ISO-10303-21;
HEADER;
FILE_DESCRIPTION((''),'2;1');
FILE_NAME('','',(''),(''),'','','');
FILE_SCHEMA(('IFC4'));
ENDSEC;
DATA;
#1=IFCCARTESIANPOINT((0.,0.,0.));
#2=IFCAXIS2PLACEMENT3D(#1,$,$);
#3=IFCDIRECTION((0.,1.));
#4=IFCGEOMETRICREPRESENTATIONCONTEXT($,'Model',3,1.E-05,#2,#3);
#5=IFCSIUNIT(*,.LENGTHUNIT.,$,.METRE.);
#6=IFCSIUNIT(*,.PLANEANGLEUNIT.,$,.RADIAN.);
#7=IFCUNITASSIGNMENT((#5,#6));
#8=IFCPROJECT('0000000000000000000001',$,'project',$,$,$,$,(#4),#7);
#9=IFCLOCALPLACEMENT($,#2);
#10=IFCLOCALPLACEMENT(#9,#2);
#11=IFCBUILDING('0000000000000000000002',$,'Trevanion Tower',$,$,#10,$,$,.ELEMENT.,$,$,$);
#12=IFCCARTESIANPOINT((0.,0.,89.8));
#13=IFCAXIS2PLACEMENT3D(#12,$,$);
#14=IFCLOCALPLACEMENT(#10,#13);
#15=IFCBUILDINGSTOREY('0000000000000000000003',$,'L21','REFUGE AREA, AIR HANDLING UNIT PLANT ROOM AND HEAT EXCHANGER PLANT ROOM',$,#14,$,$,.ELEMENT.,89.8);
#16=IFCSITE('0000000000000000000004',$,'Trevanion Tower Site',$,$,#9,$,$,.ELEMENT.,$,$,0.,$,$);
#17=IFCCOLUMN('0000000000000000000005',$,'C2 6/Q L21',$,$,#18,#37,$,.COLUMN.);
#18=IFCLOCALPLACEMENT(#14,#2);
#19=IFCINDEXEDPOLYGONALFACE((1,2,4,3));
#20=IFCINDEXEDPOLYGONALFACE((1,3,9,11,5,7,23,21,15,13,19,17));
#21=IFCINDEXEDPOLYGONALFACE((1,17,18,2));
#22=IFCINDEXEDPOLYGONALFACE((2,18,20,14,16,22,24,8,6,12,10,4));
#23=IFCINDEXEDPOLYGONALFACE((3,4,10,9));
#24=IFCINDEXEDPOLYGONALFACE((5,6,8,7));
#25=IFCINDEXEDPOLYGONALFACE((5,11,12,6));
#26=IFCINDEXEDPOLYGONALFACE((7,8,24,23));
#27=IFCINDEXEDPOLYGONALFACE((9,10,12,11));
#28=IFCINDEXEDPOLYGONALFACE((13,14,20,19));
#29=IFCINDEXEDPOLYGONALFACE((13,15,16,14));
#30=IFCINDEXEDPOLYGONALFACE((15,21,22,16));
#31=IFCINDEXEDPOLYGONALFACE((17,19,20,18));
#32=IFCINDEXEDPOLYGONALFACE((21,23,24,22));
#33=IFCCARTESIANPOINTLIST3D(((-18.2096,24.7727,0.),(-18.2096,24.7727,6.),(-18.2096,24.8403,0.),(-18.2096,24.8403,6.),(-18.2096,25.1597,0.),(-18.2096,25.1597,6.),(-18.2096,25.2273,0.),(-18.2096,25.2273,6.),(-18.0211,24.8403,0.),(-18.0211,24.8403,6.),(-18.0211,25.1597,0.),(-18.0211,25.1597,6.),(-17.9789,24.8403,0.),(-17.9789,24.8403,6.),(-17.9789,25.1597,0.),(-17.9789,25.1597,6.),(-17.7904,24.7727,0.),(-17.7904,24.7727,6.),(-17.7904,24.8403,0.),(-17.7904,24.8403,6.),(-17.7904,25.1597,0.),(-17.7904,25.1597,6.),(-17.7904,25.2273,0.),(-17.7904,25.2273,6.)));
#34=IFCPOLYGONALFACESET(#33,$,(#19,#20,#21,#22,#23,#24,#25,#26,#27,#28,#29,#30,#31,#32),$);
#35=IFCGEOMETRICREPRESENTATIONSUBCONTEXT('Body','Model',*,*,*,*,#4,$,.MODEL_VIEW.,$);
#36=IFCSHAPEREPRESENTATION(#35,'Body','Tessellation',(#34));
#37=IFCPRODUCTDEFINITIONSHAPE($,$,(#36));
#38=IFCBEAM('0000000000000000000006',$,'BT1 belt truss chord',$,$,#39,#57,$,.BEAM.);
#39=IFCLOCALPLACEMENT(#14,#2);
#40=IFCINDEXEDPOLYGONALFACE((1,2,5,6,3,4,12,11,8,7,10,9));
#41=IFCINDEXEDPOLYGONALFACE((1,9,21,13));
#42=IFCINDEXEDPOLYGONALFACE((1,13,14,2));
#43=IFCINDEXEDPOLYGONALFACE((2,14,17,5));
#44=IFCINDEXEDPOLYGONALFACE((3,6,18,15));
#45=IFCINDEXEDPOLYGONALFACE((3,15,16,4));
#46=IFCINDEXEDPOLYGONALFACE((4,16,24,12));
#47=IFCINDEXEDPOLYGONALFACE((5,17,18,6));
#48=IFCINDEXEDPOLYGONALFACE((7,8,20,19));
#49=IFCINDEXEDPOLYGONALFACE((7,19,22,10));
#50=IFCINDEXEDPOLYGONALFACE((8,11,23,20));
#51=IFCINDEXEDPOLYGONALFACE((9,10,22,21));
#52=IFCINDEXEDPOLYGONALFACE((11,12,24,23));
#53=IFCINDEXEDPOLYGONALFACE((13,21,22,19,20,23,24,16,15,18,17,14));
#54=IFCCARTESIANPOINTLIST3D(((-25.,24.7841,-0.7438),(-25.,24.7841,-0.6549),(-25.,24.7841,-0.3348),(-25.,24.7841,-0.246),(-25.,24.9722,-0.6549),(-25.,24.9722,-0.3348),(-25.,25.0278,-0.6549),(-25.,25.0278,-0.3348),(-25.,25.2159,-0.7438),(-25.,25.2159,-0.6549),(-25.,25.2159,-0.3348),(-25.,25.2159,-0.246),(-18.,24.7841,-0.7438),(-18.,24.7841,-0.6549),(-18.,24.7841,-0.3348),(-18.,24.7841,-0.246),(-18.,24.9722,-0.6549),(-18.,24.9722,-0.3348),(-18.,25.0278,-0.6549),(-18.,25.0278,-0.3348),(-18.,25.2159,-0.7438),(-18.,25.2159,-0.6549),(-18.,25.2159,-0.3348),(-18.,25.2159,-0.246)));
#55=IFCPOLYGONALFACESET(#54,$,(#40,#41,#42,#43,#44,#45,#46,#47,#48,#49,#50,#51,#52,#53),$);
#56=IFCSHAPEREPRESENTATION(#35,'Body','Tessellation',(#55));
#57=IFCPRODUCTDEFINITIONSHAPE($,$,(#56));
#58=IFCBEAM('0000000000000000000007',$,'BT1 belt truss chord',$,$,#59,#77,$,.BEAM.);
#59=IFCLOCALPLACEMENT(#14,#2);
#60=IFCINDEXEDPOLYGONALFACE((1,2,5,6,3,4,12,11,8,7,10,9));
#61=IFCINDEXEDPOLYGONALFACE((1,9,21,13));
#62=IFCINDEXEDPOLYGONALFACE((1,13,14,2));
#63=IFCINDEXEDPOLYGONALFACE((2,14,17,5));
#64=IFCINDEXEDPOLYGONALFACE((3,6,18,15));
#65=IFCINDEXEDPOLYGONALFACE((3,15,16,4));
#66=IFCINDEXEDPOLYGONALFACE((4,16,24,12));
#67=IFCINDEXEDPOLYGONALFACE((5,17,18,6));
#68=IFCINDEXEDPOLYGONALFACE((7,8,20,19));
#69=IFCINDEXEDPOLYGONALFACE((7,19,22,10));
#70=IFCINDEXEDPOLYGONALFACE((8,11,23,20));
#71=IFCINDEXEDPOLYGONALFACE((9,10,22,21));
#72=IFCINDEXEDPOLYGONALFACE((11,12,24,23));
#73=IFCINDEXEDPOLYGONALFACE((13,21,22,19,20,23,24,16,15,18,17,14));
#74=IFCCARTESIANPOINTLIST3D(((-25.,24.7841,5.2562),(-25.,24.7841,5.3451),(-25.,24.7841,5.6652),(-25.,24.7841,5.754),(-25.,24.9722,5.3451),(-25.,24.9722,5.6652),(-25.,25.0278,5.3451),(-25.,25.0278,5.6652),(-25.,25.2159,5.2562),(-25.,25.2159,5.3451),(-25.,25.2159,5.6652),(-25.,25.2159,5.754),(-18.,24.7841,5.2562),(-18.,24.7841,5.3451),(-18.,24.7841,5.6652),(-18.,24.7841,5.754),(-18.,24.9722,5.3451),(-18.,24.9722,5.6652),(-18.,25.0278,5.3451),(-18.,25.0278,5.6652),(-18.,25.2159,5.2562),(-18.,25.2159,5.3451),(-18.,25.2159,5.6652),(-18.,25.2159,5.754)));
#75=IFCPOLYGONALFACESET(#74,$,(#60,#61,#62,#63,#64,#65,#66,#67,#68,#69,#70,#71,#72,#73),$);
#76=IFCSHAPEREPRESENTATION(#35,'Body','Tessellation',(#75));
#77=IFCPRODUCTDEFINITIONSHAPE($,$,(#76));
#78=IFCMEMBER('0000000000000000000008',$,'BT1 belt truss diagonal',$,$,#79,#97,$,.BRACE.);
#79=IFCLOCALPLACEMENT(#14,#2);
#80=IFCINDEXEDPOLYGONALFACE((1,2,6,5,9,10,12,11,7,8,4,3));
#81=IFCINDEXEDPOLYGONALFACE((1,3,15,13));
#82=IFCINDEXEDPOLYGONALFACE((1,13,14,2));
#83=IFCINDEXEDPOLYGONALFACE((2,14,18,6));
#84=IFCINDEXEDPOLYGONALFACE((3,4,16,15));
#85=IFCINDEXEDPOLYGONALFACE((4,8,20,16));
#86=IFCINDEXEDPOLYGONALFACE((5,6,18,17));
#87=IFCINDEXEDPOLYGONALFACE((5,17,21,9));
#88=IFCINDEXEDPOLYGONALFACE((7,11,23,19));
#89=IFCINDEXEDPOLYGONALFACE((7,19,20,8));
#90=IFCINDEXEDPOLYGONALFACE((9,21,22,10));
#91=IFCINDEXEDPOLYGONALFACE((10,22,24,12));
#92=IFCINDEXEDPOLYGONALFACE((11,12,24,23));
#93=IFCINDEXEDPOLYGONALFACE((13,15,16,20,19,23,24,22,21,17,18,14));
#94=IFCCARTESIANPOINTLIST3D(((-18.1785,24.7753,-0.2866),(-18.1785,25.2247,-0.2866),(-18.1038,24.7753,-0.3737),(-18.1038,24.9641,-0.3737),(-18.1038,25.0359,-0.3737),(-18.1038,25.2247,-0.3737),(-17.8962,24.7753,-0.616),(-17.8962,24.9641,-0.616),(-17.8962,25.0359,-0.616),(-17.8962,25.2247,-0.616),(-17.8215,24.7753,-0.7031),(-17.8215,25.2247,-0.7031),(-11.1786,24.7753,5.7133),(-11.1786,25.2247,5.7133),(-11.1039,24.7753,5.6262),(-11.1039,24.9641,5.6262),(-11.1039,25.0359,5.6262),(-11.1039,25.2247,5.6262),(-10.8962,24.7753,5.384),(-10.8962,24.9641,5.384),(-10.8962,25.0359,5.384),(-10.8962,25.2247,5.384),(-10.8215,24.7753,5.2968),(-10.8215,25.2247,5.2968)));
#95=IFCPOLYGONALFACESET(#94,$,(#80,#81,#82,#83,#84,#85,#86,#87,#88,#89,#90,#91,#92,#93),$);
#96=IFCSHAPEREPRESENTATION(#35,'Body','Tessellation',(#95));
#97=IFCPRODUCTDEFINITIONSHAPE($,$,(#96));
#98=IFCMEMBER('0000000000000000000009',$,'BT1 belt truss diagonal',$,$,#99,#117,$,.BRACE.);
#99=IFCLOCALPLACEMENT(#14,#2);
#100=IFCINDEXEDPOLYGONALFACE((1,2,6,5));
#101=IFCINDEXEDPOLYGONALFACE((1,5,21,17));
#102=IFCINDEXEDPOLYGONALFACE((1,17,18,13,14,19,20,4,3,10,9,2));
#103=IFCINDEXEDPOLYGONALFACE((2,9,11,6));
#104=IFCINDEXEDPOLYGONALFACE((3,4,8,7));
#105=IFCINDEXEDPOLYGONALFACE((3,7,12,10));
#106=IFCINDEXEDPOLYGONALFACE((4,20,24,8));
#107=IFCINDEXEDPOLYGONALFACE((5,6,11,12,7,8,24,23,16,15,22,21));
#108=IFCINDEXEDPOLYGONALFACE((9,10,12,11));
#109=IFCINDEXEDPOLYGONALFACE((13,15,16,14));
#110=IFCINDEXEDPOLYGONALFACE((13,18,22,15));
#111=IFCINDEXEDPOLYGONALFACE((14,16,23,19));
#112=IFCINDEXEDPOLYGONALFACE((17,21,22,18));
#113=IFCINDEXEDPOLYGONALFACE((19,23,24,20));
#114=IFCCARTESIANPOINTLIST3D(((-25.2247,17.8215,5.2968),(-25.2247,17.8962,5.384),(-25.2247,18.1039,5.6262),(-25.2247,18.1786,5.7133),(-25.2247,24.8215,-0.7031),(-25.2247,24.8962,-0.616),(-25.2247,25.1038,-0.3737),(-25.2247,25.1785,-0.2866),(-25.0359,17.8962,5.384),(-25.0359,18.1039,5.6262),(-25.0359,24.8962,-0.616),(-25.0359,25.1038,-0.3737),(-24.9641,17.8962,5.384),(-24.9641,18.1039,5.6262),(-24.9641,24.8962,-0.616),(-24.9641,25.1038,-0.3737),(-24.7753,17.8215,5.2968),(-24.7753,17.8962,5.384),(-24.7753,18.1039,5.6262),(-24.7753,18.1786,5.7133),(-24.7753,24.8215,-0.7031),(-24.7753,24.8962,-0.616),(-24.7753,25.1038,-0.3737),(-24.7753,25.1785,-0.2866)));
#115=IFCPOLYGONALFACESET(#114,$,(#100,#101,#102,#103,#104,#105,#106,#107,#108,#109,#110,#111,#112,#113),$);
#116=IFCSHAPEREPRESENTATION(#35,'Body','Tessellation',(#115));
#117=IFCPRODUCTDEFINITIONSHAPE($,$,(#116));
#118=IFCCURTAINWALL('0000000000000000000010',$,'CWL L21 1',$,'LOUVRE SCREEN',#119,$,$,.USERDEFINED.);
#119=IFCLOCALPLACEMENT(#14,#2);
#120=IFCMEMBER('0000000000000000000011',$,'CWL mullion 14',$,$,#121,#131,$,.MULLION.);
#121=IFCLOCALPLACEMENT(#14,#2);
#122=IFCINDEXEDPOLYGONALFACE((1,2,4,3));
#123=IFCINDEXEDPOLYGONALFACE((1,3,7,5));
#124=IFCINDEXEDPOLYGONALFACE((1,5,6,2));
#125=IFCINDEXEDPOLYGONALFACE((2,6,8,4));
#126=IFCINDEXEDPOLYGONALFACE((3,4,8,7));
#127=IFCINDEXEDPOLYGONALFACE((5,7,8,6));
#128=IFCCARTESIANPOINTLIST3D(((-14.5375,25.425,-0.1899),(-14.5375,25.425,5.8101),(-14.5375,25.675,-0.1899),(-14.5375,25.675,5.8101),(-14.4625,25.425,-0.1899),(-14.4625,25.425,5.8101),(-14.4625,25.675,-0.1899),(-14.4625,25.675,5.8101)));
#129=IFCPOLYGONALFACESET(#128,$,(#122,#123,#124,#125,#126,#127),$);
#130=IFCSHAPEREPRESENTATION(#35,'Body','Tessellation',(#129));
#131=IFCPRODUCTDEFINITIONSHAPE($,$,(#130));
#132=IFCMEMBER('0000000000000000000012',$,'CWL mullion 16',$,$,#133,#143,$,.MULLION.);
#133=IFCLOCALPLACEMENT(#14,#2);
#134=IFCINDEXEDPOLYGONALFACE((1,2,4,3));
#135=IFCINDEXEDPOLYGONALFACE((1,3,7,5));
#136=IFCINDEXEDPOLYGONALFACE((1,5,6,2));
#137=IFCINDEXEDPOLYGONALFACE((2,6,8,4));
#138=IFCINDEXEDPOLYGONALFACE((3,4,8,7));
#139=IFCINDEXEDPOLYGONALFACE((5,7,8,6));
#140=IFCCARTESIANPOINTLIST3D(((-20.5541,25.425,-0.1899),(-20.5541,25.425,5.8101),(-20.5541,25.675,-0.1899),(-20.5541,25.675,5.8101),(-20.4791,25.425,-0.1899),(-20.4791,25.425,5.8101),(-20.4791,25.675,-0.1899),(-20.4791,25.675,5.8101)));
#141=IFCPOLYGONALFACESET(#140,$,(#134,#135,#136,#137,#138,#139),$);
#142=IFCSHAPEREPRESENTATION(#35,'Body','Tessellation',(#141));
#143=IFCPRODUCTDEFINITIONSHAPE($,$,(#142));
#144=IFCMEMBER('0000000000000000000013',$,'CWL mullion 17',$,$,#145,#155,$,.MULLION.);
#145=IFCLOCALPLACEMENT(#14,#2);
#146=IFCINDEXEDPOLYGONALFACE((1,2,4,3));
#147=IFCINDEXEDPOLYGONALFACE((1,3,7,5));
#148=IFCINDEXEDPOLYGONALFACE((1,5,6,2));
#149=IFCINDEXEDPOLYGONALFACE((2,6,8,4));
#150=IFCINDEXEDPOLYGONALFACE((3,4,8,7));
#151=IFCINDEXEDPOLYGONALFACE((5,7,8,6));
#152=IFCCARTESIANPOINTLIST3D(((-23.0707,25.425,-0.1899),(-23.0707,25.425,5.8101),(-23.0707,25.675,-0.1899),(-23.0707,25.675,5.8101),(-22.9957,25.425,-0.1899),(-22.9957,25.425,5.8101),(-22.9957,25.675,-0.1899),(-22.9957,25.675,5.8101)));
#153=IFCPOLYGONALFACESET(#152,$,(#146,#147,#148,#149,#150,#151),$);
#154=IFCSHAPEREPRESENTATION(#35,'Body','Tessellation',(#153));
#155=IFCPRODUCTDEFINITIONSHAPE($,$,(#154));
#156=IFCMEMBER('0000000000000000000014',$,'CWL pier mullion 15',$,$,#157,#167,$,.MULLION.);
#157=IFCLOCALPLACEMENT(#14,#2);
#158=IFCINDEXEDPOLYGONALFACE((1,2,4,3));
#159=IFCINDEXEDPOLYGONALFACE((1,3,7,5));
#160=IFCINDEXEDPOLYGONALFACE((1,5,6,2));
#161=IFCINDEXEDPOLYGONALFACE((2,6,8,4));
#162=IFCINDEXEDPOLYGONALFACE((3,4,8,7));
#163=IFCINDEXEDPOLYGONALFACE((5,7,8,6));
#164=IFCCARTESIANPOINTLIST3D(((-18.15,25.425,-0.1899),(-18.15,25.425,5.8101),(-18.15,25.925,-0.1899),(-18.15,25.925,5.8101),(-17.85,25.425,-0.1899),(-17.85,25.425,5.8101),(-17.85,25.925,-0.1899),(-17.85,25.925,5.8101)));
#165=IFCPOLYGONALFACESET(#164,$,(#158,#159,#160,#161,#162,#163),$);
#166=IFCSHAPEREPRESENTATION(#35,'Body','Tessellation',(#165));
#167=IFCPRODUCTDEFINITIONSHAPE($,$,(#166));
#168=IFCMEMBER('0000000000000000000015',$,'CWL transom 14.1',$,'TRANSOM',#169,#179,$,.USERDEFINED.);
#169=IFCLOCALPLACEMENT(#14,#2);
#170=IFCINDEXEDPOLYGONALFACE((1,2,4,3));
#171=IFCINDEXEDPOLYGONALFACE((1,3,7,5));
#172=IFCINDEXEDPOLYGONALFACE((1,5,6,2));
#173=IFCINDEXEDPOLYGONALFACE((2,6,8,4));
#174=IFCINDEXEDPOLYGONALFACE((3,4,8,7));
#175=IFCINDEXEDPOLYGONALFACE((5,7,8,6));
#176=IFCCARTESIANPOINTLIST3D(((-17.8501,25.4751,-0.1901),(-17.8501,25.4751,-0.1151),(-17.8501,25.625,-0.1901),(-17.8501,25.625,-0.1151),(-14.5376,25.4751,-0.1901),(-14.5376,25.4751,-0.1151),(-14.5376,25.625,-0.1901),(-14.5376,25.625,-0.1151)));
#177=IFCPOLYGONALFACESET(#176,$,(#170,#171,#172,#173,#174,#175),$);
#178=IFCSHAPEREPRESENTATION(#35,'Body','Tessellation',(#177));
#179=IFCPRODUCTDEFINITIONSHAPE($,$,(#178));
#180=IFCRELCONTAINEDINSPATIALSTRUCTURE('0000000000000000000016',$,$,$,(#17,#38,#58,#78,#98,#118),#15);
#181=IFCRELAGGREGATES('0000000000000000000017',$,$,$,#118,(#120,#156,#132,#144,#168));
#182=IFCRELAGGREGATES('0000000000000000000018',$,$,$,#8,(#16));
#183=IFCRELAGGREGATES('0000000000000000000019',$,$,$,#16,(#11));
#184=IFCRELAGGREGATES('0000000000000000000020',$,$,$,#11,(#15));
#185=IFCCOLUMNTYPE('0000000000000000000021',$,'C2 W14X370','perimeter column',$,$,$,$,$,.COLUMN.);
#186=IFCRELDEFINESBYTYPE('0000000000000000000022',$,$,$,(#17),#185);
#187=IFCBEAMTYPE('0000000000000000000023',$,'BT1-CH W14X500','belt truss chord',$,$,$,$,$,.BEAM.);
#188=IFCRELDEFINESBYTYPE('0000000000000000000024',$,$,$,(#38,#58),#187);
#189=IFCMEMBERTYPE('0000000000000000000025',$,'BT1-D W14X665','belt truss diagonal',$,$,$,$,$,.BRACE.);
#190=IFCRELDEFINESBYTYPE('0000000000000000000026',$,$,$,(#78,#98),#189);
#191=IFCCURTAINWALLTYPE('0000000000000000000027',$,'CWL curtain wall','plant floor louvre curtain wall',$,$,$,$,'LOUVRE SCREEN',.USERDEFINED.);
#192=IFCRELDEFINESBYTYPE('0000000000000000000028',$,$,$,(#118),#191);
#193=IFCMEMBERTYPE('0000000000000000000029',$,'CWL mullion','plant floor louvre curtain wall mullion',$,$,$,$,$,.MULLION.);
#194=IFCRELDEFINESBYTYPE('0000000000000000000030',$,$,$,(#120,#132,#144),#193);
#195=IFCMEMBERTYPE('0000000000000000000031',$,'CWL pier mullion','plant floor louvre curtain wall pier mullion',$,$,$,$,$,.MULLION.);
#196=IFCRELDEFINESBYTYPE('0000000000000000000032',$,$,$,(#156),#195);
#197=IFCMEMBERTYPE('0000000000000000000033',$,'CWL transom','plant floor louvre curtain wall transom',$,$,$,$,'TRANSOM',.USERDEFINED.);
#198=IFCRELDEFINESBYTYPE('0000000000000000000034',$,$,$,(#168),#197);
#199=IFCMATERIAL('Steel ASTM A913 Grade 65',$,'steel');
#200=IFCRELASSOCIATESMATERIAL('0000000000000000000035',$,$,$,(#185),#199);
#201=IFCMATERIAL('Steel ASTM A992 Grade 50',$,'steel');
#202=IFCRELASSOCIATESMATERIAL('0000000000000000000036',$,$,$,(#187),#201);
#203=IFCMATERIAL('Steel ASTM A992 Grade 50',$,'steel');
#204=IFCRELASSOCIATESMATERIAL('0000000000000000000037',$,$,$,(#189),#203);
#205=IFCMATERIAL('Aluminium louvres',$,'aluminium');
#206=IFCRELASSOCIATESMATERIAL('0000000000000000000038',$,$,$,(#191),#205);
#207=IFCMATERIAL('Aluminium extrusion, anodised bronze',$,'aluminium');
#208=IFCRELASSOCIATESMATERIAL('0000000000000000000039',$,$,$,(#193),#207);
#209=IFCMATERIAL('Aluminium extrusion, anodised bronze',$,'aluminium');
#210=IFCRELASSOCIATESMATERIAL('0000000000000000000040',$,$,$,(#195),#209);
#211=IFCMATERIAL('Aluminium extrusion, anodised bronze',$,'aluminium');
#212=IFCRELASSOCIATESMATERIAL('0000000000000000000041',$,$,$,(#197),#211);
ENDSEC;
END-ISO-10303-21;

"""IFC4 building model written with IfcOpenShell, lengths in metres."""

from ifc_helpers import new_model, si_unit, direction, frame, origin, origin_2d, place, context, subcontext, project, spatial, rectangle, i_section, extrude, material, material_profile, profile_set, type_object, element, aggregate, save


model = new_model("IFC4")

# Units and contexts
model_context = context("Model", 3, precision=1e-05, world=origin(), true_north=direction((0.0, 1.0)))
body_context = subcontext(model_context, "Body", "Model", "MODEL_VIEW")
ifc_project = project(units=[si_unit("LENGTHUNIT", "METRE"), si_unit("PLANEANGLEUNIT", "RADIAN")], contexts=[model_context])

# Site, building, storey
site_placement = place(None, origin())
site = spatial("IfcSite", under=ifc_project, at=site_placement, Name="Trevanion Tower Site", CompositionType="ELEMENT", RefElevation=0.0)
building_placement = place(site_placement, origin())
building = spatial("IfcBuilding", under=site, at=building_placement, Name="Trevanion Tower", CompositionType="ELEMENT")
storey_placement = place(building_placement, frame((0.0, 0.0, 89.8)))
storey = spatial("IfcBuildingStorey", under=building, at=storey_placement, Name="L21", Description="REFUGE AREA, AIR HANDLING UNIT PLANT ROOM AND HEAT EXCHANGER PLANT ROOM", CompositionType="ELEMENT", Elevation=89.8)

# Column
ifc_material_1 = material(Name="Steel ASTM A913 Grade 65", Category="steel")
ifc_material_profile_1 = material_profile(ifc_material_1, i_section(OverallWidth=0.4192, OverallDepth=0.4546, WebThickness=0.0422, FlangeThickness=0.0676, at=origin_2d()), Name="W14X370")
ifc_profile_set_1 = profile_set([ifc_material_profile_1], Name="Steel ASTM A913 Grade 65")
column_type = type_object("IfcColumnType", Name="C2 W14X370", Description="perimeter column", PredefinedType="COLUMN", material=ifc_profile_set_1)
column_placement = place(storey_placement, frame((-18.0, 25.0, 0.0), z_axis=(0.0, 0.0, 1.0), x_axis=(1.0, 0.0, 0.0)))
element("IfcColumn", 1, at=column_placement, inside=storey, type_object=column_type, Name="C2 6/Q L21", PredefinedType="COLUMN", context=body_context, shape_type="SweptSolid", body=[
    extrude(i_section(OverallWidth=0.4192, OverallDepth=0.4546, WebThickness=0.0422, FlangeThickness=0.0676, at=origin_2d()), origin(), (0.0, 0.0, 1.0), 6.0),
])

# Beams
ifc_material_2 = material(Name="Steel ASTM A992 Grade 50", Category="steel")
ifc_material_profile_2 = material_profile(ifc_material_2, i_section(OverallWidth=0.4319, OverallDepth=0.4978, WebThickness=0.0557, FlangeThickness=0.0889, at=origin_2d()), Name="W14X500")
ifc_profile_set_2 = profile_set([ifc_material_profile_2], Name="Steel ASTM A992 Grade 50")
beam_type = type_object("IfcBeamType", Name="BT1-CH W14X500", Description="belt truss chord", PredefinedType="BEAM", material=ifc_profile_set_2)
for number, where, z_axis, x_axis, name in (
    (2, (-18.0, 25.0, -0.4949), (-1.0, 0.0, 0.0), (0.0, -1.0, 0.0), "BT1 belt truss chord"),
    (3, (-18.0, 25.0, 5.5051), (-1.0, 0.0, 0.0), (0.0, -1.0, 0.0), "BT1 belt truss chord"),
):
    element("IfcBeam", number, at=place(storey_placement, frame(where, z_axis=z_axis, x_axis=x_axis)), inside=storey, type_object=beam_type, Name=name, PredefinedType="BEAM", context=body_context, shape_type="SweptSolid", body=[
        extrude(i_section(OverallWidth=0.4319, OverallDepth=0.4978, WebThickness=0.0557, FlangeThickness=0.0889, at=origin_2d()), origin(), (0.0, 0.0, 1.0), 7.0),
    ])

# Members
ifc_material_3 = material(Name="Steel ASTM A992 Grade 50", Category="steel")
ifc_material_profile_3 = material_profile(ifc_material_3, i_section(OverallWidth=0.4495, OverallDepth=0.5486, WebThickness=0.0718, FlangeThickness=0.1147, at=origin_2d()), Name="W14X665")
ifc_profile_set_3 = profile_set([ifc_material_profile_3], Name="Steel ASTM A992 Grade 50")
member_type_1 = type_object("IfcMemberType", Name="BT1-D W14X665", Description="belt truss diagonal", PredefinedType="BRACE", material=ifc_profile_set_3)
for number, where, z_axis, x_axis, name in (
    (4, (-18.0, 25.0, -0.4949), (0.759257, 0.0, 0.650791), (0.0, 1.0, 0.0), "BT1 belt truss diagonal"),
    (5, (-25.0, 25.0, -0.4949), (0.0, -0.759257, 0.650791), (1.0, 0.0, 0.0), "BT1 belt truss diagonal"),
):
    element("IfcMember", number, at=place(storey_placement, frame(where, z_axis=z_axis, x_axis=x_axis)), inside=storey, type_object=member_type_1, Name=name, PredefinedType="BRACE", context=body_context, shape_type="SweptSolid", body=[
        extrude(i_section(OverallWidth=0.4495, OverallDepth=0.5486, WebThickness=0.0718, FlangeThickness=0.1147, at=origin_2d()), origin(), (0.0, 0.0, 1.0), 9.2195),
    ])

# Curtain wall, members
ifc_material_4 = material(Name="Aluminium louvres", Category="aluminium")
curtain_wall_type = type_object("IfcCurtainWallType", Name="CWL curtain wall", Description="plant floor louvre curtain wall", ElementType="LOUVRE SCREEN", PredefinedType="USERDEFINED", material=ifc_material_4)
curtain_wall_placement = place(storey_placement, origin())
curtain_wall = element("IfcCurtainWall", 6, at=curtain_wall_placement, inside=storey, type_object=curtain_wall_type, Name="CWL L21 1", ObjectType="LOUVRE SCREEN", PredefinedType="USERDEFINED")
ifc_material_5 = material(Name="Aluminium extrusion, anodised bronze", Category="aluminium")
ifc_material_profile_4 = material_profile(ifc_material_5, rectangle(XDim=0.075, YDim=0.25, at=origin_2d()), Name="CWL mullion")
ifc_profile_set_4 = profile_set([ifc_material_profile_4], Name="Aluminium extrusion, anodised bronze")
member_type_2 = type_object("IfcMemberType", Name="CWL mullion", Description="plant floor louvre curtain wall mullion", PredefinedType="MULLION", material=ifc_profile_set_4)
member_1_placement = place(storey_placement, frame((-14.5, 25.55, -0.1899), z_axis=(0.0, 0.0, 1.0), x_axis=(-1.0, 0.0, 0.0)))
member_1 = element("IfcMember", 7, at=member_1_placement, type_object=member_type_2, Name="CWL mullion 14", PredefinedType="MULLION", context=body_context, shape_type="SweptSolid", body=[
    extrude(rectangle(XDim=0.075, YDim=0.25, at=origin_2d()), origin(), (0.0, 0.0, 1.0), 6.0),
])
member_2_placement = place(storey_placement, frame((-20.5166, 25.55, -0.1899), z_axis=(0.0, 0.0, 1.0), x_axis=(-1.0, 0.0, 0.0)))
member_2 = element("IfcMember", 8, at=member_2_placement, type_object=member_type_2, Name="CWL mullion 16", PredefinedType="MULLION", context=body_context, shape_type="SweptSolid", body=[
    extrude(rectangle(XDim=0.075, YDim=0.25, at=origin_2d()), origin(), (0.0, 0.0, 1.0), 6.0),
])
member_3_placement = place(storey_placement, frame((-23.0332, 25.55, -0.1899), z_axis=(0.0, 0.0, 1.0), x_axis=(-1.0, 0.0, 0.0)))
member_3 = element("IfcMember", 9, at=member_3_placement, type_object=member_type_2, Name="CWL mullion 17", PredefinedType="MULLION", context=body_context, shape_type="SweptSolid", body=[
    extrude(rectangle(XDim=0.075, YDim=0.25, at=origin_2d()), origin(), (0.0, 0.0, 1.0), 6.0),
])
ifc_material_6 = material(Name="Aluminium extrusion, anodised bronze", Category="aluminium")
ifc_material_profile_5 = material_profile(ifc_material_6, rectangle(XDim=0.3, YDim=0.5, at=origin_2d()), Name="CWL pier mullion")
ifc_profile_set_5 = profile_set([ifc_material_profile_5], Name="Aluminium extrusion, anodised bronze")
member_type_3 = type_object("IfcMemberType", Name="CWL pier mullion", Description="plant floor louvre curtain wall pier mullion", PredefinedType="MULLION", material=ifc_profile_set_5)
member_4_placement = place(storey_placement, frame((-18.0, 25.675, -0.1899), z_axis=(0.0, 0.0, 1.0), x_axis=(-1.0, 0.0, 0.0)))
member_4 = element("IfcMember", 10, at=member_4_placement, type_object=member_type_3, Name="CWL pier mullion 15", PredefinedType="MULLION", context=body_context, shape_type="SweptSolid", body=[
    extrude(rectangle(XDim=0.3, YDim=0.5, at=origin_2d()), origin(), (0.0, 0.0, 1.0), 6.0),
])
ifc_material_7 = material(Name="Aluminium extrusion, anodised bronze", Category="aluminium")
ifc_material_profile_6 = material_profile(ifc_material_7, rectangle(XDim=0.1499, YDim=0.075, at=origin_2d()), Name="CWL transom")
ifc_profile_set_6 = profile_set([ifc_material_profile_6], Name="Aluminium extrusion, anodised bronze")
member_type_4 = type_object("IfcMemberType", Name="CWL transom", Description="plant floor louvre curtain wall transom", ElementType="TRANSOM", PredefinedType="USERDEFINED", material=ifc_profile_set_6)
member_5_placement = place(storey_placement, frame((-14.5376, 25.55, -0.1526), z_axis=(-1.0, 0.0, 0.0), x_axis=(0.0, -1.0, 0.0)))
member_5 = element("IfcMember", 11, at=member_5_placement, type_object=member_type_4, Name="CWL transom 14.1", ObjectType="TRANSOM", PredefinedType="USERDEFINED", context=body_context, shape_type="SweptSolid", body=[
    extrude(rectangle(XDim=0.1499, YDim=0.075, at=origin_2d()), origin(), (0.0, 0.0, 1.0), 3.3125),
])
aggregate(curtain_wall, [member_1, member_4, member_2, member_3, member_5])

save(model, "model.ifc")
